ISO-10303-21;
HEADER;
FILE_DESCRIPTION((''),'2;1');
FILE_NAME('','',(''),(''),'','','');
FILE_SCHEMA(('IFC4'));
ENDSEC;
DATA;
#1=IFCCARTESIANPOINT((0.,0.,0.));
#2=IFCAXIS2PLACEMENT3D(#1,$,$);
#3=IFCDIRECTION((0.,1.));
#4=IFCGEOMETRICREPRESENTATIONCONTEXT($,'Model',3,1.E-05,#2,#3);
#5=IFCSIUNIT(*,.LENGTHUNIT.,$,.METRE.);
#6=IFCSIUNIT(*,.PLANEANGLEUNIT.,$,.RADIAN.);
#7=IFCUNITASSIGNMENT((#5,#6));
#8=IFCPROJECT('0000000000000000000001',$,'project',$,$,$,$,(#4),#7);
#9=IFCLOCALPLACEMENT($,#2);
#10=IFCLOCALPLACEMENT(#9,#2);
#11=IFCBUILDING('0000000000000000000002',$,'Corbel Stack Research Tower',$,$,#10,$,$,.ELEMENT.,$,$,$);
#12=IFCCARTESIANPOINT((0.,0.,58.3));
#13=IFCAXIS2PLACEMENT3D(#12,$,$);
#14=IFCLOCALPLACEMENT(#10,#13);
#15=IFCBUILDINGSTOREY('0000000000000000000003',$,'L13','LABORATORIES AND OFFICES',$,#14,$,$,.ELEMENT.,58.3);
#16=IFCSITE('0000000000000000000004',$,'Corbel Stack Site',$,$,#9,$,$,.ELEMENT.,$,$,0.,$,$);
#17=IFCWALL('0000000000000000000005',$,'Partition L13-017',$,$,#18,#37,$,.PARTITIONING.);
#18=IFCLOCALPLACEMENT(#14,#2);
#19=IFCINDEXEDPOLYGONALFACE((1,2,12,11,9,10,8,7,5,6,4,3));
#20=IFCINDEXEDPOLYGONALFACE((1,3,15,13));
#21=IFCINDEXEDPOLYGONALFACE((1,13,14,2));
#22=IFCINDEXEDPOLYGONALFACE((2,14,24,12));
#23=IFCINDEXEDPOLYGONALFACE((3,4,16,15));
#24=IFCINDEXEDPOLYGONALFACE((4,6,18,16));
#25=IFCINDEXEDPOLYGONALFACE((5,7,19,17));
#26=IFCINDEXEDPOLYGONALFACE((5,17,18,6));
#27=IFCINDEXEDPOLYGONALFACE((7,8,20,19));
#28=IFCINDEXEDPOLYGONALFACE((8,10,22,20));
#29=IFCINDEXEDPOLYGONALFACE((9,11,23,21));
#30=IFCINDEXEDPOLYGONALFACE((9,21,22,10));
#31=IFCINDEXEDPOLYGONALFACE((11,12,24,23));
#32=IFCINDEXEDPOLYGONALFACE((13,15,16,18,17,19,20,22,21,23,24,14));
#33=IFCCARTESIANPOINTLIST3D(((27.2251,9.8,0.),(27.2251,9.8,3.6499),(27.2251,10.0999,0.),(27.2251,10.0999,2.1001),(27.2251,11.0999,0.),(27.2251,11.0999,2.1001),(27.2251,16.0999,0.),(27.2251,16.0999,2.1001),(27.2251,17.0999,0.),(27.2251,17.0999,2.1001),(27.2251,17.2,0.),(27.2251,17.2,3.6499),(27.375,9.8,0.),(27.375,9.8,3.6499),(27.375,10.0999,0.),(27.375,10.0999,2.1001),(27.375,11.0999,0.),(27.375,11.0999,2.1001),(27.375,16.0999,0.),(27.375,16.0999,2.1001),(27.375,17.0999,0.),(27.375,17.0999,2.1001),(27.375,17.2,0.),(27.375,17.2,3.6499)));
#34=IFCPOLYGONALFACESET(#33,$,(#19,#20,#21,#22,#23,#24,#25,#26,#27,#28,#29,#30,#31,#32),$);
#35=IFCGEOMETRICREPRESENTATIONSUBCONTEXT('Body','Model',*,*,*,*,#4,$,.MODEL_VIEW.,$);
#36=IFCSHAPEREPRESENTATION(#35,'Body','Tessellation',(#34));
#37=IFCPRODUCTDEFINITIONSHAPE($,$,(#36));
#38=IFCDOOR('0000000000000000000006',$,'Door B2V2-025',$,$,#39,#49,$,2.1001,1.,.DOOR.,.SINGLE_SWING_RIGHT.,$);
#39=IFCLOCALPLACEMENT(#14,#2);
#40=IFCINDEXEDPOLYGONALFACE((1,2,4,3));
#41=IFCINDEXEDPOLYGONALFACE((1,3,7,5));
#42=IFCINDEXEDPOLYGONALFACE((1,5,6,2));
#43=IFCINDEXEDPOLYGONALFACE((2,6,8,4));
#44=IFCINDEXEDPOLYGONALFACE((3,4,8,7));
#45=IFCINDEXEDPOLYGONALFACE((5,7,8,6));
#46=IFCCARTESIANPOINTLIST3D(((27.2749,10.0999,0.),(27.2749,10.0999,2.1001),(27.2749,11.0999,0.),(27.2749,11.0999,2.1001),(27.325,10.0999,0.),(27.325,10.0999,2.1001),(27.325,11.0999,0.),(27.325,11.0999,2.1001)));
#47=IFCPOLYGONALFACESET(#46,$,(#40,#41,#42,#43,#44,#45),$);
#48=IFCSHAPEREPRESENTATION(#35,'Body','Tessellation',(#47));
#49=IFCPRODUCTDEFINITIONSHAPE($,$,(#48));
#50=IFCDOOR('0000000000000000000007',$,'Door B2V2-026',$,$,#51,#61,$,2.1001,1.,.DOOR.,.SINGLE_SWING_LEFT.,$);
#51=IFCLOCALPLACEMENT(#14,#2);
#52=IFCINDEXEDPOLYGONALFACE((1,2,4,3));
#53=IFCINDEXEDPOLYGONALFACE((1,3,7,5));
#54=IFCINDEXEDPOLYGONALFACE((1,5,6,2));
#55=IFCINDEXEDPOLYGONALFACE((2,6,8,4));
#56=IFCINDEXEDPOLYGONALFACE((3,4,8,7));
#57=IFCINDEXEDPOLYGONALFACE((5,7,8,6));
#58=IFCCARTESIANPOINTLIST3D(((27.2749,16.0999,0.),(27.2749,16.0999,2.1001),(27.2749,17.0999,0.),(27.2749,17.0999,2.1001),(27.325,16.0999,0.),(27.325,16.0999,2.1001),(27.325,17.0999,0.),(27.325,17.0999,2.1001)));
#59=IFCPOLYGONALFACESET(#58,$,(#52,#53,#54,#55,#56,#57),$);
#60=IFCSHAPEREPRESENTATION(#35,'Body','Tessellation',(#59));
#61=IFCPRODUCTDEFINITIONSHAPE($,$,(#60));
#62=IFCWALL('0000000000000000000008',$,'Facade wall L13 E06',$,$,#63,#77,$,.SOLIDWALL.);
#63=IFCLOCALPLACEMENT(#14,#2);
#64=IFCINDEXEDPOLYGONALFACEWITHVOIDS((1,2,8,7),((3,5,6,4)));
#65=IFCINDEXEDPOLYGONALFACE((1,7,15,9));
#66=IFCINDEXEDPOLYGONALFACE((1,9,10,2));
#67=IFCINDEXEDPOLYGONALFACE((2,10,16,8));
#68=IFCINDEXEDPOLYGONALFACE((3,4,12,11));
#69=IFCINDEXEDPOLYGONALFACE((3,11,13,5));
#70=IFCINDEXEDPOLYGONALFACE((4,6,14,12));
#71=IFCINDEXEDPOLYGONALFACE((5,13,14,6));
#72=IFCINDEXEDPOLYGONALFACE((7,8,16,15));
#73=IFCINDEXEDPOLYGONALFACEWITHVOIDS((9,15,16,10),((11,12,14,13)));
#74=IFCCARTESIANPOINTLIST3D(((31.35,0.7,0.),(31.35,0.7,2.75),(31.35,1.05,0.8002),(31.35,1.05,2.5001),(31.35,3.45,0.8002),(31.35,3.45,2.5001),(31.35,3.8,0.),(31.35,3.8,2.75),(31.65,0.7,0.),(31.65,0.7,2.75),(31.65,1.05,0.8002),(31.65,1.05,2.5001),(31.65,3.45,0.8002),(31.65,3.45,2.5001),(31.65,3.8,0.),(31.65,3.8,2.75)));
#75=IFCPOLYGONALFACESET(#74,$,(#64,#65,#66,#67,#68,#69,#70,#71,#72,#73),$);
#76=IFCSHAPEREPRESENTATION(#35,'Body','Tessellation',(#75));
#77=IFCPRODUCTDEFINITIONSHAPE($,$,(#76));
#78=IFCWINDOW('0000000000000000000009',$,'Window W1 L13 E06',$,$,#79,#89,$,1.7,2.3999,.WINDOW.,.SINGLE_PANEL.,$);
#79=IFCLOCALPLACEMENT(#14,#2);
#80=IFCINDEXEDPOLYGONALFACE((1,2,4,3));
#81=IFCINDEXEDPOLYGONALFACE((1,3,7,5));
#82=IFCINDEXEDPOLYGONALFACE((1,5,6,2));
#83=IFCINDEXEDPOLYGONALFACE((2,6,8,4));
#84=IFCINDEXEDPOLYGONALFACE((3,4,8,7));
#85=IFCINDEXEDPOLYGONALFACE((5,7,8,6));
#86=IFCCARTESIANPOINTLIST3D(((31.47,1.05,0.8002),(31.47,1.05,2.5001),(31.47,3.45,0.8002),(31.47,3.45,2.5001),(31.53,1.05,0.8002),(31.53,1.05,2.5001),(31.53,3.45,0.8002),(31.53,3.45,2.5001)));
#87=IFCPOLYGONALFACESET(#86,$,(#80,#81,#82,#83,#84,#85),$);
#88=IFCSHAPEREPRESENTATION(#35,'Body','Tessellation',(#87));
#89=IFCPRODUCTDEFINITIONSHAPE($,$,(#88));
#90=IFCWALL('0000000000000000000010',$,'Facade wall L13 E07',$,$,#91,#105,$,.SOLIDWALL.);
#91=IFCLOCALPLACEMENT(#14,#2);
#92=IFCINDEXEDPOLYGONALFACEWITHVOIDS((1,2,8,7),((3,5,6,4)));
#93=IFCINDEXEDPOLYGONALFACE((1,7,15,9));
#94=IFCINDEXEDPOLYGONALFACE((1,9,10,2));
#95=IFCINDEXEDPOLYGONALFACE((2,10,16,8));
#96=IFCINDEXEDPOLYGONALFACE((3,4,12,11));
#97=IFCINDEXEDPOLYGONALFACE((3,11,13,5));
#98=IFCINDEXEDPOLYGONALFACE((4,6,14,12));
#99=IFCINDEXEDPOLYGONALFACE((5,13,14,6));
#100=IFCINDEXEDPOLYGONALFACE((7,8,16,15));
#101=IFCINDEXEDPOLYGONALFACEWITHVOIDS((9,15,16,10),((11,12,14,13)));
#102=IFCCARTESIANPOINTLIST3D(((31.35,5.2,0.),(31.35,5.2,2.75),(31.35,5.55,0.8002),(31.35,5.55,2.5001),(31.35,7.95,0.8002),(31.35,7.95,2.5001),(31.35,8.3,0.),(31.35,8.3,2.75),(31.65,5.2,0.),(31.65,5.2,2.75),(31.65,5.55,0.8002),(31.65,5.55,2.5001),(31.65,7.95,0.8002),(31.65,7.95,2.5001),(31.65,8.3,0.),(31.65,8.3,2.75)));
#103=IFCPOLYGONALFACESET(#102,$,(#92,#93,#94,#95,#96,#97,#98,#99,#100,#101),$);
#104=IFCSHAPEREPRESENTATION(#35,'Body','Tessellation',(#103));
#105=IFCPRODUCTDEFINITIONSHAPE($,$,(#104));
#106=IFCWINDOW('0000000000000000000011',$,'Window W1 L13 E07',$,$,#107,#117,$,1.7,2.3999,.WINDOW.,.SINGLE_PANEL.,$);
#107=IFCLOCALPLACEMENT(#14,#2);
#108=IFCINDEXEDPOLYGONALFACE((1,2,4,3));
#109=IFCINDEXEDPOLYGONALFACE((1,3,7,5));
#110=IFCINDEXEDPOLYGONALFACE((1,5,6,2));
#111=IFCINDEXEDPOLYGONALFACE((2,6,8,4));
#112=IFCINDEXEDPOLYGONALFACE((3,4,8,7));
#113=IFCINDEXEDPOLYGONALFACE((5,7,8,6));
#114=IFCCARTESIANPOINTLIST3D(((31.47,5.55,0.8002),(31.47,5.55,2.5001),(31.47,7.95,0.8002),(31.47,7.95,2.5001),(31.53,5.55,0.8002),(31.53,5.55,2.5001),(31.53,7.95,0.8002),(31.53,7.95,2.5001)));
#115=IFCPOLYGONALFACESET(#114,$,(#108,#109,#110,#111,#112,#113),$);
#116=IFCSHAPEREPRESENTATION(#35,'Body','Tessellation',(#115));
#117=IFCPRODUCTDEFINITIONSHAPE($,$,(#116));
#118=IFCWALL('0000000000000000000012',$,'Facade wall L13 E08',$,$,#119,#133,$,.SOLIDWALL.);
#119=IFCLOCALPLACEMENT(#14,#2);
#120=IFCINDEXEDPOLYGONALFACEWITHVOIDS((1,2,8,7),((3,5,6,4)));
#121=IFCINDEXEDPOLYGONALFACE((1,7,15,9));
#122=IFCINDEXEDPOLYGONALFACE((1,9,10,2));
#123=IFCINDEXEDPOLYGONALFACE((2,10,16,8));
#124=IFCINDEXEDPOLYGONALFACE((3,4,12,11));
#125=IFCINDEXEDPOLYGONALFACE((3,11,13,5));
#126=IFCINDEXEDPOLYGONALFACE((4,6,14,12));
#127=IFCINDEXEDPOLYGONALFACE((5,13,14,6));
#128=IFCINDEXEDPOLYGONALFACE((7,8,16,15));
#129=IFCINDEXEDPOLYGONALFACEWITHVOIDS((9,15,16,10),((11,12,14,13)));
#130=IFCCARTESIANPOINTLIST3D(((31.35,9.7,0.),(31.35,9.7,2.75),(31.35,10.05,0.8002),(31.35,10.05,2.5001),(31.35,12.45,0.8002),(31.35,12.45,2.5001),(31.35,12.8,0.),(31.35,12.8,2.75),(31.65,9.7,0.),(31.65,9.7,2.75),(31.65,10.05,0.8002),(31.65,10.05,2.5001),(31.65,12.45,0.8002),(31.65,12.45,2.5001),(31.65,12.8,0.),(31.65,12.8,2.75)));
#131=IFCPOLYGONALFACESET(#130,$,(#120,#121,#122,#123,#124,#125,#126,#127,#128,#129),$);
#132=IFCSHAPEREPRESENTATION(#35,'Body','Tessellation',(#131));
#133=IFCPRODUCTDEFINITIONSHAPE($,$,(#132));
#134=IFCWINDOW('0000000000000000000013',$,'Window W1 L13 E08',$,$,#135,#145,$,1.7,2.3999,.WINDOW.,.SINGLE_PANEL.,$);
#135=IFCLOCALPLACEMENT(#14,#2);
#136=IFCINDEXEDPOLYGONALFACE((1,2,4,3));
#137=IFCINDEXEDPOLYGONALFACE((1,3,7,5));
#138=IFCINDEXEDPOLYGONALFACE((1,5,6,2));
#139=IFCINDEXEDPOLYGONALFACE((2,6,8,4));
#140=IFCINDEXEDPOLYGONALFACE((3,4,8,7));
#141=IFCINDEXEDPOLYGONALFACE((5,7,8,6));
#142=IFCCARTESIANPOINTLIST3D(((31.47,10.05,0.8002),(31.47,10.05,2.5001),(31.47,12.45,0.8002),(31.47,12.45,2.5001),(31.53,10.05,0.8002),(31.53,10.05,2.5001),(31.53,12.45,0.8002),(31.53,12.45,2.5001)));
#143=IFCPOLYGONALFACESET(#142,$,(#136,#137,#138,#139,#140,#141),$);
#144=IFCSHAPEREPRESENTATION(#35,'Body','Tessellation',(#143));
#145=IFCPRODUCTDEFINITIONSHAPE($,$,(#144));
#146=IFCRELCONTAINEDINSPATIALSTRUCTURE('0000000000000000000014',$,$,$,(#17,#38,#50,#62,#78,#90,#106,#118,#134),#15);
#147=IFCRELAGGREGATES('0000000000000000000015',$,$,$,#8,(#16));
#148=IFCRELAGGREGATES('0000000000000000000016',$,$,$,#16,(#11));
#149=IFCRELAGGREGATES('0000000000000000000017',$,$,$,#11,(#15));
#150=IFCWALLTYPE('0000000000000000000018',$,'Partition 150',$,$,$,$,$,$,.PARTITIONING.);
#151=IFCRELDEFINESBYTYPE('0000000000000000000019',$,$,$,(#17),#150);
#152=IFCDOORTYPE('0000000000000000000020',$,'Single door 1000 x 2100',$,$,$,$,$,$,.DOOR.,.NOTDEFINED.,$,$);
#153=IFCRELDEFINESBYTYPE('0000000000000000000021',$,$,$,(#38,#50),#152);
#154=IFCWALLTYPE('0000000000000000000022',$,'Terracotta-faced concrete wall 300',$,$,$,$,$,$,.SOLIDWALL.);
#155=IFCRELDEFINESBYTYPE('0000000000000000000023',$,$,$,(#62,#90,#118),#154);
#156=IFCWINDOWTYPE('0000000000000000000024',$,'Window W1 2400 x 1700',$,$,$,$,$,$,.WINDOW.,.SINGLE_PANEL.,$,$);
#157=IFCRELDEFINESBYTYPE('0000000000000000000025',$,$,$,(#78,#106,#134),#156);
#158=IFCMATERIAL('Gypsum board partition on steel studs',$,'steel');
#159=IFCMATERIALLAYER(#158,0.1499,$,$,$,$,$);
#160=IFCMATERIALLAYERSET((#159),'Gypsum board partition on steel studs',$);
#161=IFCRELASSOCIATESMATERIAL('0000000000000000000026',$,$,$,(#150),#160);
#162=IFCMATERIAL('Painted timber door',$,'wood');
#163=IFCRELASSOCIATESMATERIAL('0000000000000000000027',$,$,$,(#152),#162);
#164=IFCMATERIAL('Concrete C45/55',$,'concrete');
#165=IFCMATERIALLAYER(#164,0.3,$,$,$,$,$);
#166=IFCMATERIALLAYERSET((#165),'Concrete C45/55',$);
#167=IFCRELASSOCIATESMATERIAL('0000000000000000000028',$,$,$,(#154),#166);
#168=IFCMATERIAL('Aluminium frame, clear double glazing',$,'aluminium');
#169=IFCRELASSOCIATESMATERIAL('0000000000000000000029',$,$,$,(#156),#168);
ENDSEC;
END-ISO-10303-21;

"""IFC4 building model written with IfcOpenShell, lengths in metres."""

from ifc_helpers import new_model, si_unit, direction, frame, frame_2d, origin, place, context, subcontext, project, spatial, rectangle, extrude, material, layer, layer_set, type_object, element, fill, save


model = new_model("IFC4")

# Units and contexts
model_context = context("Model", 3, precision=1e-05, world=origin(), true_north=direction((0.0, 1.0)))
body_context = subcontext(model_context, "Body", "Model", "MODEL_VIEW")
ifc_project = project(units=[si_unit("LENGTHUNIT", "METRE"), si_unit("PLANEANGLEUNIT", "RADIAN")], contexts=[model_context])

# Site, building, storey
site_placement = place(None, origin())
site = spatial("IfcSite", under=ifc_project, at=site_placement, Name="Corbel Stack Site", CompositionType="ELEMENT", RefElevation=0.0)
building_placement = place(site_placement, origin())
building = spatial("IfcBuilding", under=site, at=building_placement, Name="Corbel Stack Research Tower", CompositionType="ELEMENT")
storey_placement = place(building_placement, frame((0.0, 0.0, 58.3)))
storey = spatial("IfcBuildingStorey", under=building, at=storey_placement, Name="L13", Description="LABORATORIES AND OFFICES", CompositionType="ELEMENT", Elevation=58.3)

# Shared definitions
ifc_material_1 = material(Name="Gypsum board partition on steel studs", Category="steel")
ifc_layer_1 = layer(ifc_material_1, 0.1499)
ifc_layer_set_1 = layer_set([ifc_layer_1], Name="Gypsum board partition on steel studs")
wall_type_1 = type_object("IfcWallType", Name="Partition 150", PredefinedType="PARTITIONING", material=ifc_layer_set_1)

# Wall, openings, doors
wall_1_placement = place(storey_placement, frame((27.3, 17.2, 0.0), z_axis=(0.0, 0.0, 1.0), x_axis=(0.0, -1.0, 0.0)))
wall_1 = element("IfcWall", 1, at=wall_1_placement, inside=storey, type_object=wall_type_1, Name="Partition L13-017", PredefinedType="PARTITIONING", context=body_context, shape_type="SweptSolid", body=[
    extrude(rectangle(XDim=7.3999, YDim=0.1499, at=frame_2d((3.7, 0.0))), origin(), (0.0, 0.0, 1.0), 3.6499),
])
opening_1_placement = place(wall_1_placement, frame((6.1001, 0.0, 0.0)))
opening_1 = element("IfcOpeningElement", 2, at=opening_1_placement, cuts=wall_1, PredefinedType="OPENING", context=body_context, shape_type="SweptSolid", body=[
    extrude(rectangle(XDim=1.0, YDim=2.1001, at=frame_2d((0.5, 1.05))), frame((0.0, 0.085, 0.0), z_axis=(0.0, -1.0, 0.0), x_axis=(1.0, 0.0, 0.0)), (0.0, 0.0, 1.0), 0.1699),
])
opening_2_placement = place(wall_1_placement, frame((0.1001, 0.0, 0.0)))
opening_2 = element("IfcOpeningElement", 3, at=opening_2_placement, cuts=wall_1, PredefinedType="OPENING", context=body_context, shape_type="SweptSolid", body=[
    extrude(rectangle(XDim=1.0, YDim=2.1001, at=frame_2d((0.5, 1.05))), frame((0.0, 0.085, 0.0), z_axis=(0.0, -1.0, 0.0), x_axis=(1.0, 0.0, 0.0)), (0.0, 0.0, 1.0), 0.1699),
])
ifc_material_2 = material(Name="Painted timber door", Category="wood")
door_type_1 = type_object("IfcDoorType", Name="Single door 1000 x 2100", OperationType="NOTDEFINED", PredefinedType="DOOR", material=ifc_material_2)
door_1_placement = place(opening_1_placement, origin())
door_1 = element("IfcDoor", 4, at=door_1_placement, inside=storey, type_object=door_type_1, Name="Door B2V2-025", OperationType="SINGLE_SWING_RIGHT", OverallHeight=2.1001, OverallWidth=1.0, PredefinedType="DOOR", context=body_context, shape_type="SweptSolid", body=[
    extrude(rectangle(XDim=1.0, YDim=2.1001, at=frame_2d((0.5, 1.05))), frame((0.0, 0.0249, 0.0), z_axis=(0.0, -1.0, 0.0), x_axis=(1.0, 0.0, 0.0)), (0.0, 0.0, 1.0), 0.05),
])
fill(opening_1, door_1)
door_2_placement = place(opening_2_placement, origin())
door_2 = element("IfcDoor", 5, at=door_2_placement, inside=storey, type_object=door_type_1, Name="Door B2V2-026", OperationType="SINGLE_SWING_LEFT", OverallHeight=2.1001, OverallWidth=1.0, PredefinedType="DOOR", context=body_context, shape_type="SweptSolid", body=[
    extrude(rectangle(XDim=1.0, YDim=2.1001, at=frame_2d((0.5, 1.05))), frame((0.0, 0.0249, 0.0), z_axis=(0.0, -1.0, 0.0), x_axis=(1.0, 0.0, 0.0)), (0.0, 0.0, 1.0), 0.05),
])
fill(opening_2, door_2)

# Walls, openings, windows
ifc_material_3 = material(Name="Concrete C45/55", Category="concrete")
ifc_layer_2 = layer(ifc_material_3, 0.3)
ifc_layer_set_2 = layer_set([ifc_layer_2], Name="Concrete C45/55")
wall_type_2 = type_object("IfcWallType", Name="Terracotta-faced concrete wall 300", PredefinedType="SOLIDWALL", material=ifc_layer_set_2)
wall_2_placement = place(storey_placement, frame((31.5, 3.8, 0.0), z_axis=(0.0, 0.0, 1.0), x_axis=(0.0, -1.0, 0.0)))
wall_2 = element("IfcWall", 6, at=wall_2_placement, inside=storey, type_object=wall_type_2, Name="Facade wall L13 E06", PredefinedType="SOLIDWALL", context=body_context, shape_type="SweptSolid", body=[
    extrude(rectangle(XDim=3.1001, YDim=0.3, at=frame_2d((1.55, 0.0))), origin(), (0.0, 0.0, 1.0), 2.75),
])
opening_3_placement = place(wall_2_placement, frame((0.3501, 0.0, 0.8)))
opening_3 = element("IfcOpeningElement", 7, at=opening_3_placement, cuts=wall_2, PredefinedType="OPENING", context=body_context, shape_type="SweptSolid", body=[
    extrude(rectangle(XDim=2.3999, YDim=1.7, at=frame_2d((1.2, 0.8501))), frame((0.0, 0.1599, 0.0), z_axis=(0.0, -1.0, 0.0), x_axis=(1.0, 0.0, 0.0)), (0.0, 0.0, 1.0), 0.3201),
])
ifc_material_4 = material(Name="Aluminium frame, clear double glazing", Category="aluminium")
window_type = type_object("IfcWindowType", Name="Window W1 2400 x 1700", PartitioningType="SINGLE_PANEL", PredefinedType="WINDOW", material=ifc_material_4)
window_1_placement = place(opening_3_placement, origin())
window_1 = element("IfcWindow", 8, at=window_1_placement, inside=storey, type_object=window_type, Name="Window W1 L13 E06", OverallHeight=1.7, OverallWidth=2.3999, PartitioningType="SINGLE_PANEL", PredefinedType="WINDOW", context=body_context, shape_type="SweptSolid", body=[
    extrude(rectangle(XDim=2.3999, YDim=1.7, at=frame_2d((1.2, 0.8501))), frame((0.0, 0.03, 0.0), z_axis=(0.0, -1.0, 0.0), x_axis=(1.0, 0.0, 0.0)), (0.0, 0.0, 1.0), 0.0601),
])
fill(opening_3, window_1)
wall_3_placement = place(storey_placement, frame((31.5, 8.3, 0.0), z_axis=(0.0, 0.0, 1.0), x_axis=(0.0, -1.0, 0.0)))
wall_3 = element("IfcWall", 9, at=wall_3_placement, inside=storey, type_object=wall_type_2, Name="Facade wall L13 E07", PredefinedType="SOLIDWALL", context=body_context, shape_type="SweptSolid", body=[
    extrude(rectangle(XDim=3.1001, YDim=0.3, at=frame_2d((1.55, 0.0))), origin(), (0.0, 0.0, 1.0), 2.75),
])
opening_4_placement = place(wall_3_placement, frame((0.3501, 0.0, 0.8)))
opening_4 = element("IfcOpeningElement", 10, at=opening_4_placement, cuts=wall_3, PredefinedType="OPENING", context=body_context, shape_type="SweptSolid", body=[
    extrude(rectangle(XDim=2.3999, YDim=1.7, at=frame_2d((1.2, 0.8501))), frame((0.0, 0.1599, 0.0), z_axis=(0.0, -1.0, 0.0), x_axis=(1.0, 0.0, 0.0)), (0.0, 0.0, 1.0), 0.3201),
])
window_2_placement = place(opening_4_placement, origin())
window_2 = element("IfcWindow", 11, at=window_2_placement, inside=storey, type_object=window_type, Name="Window W1 L13 E07", OverallHeight=1.7, OverallWidth=2.3999, PartitioningType="SINGLE_PANEL", PredefinedType="WINDOW", context=body_context, shape_type="SweptSolid", body=[
    extrude(rectangle(XDim=2.3999, YDim=1.7, at=frame_2d((1.2, 0.8501))), frame((0.0, 0.03, 0.0), z_axis=(0.0, -1.0, 0.0), x_axis=(1.0, 0.0, 0.0)), (0.0, 0.0, 1.0), 0.0601),
])
fill(opening_4, window_2)
wall_4_placement = place(storey_placement, frame((31.5, 12.8, 0.0), z_axis=(0.0, 0.0, 1.0), x_axis=(0.0, -1.0, 0.0)))
wall_4 = element("IfcWall", 12, at=wall_4_placement, inside=storey, type_object=wall_type_2, Name="Facade wall L13 E08", PredefinedType="SOLIDWALL", context=body_context, shape_type="SweptSolid", body=[
    extrude(rectangle(XDim=3.1001, YDim=0.3, at=frame_2d((1.55, 0.0))), origin(), (0.0, 0.0, 1.0), 2.75),
])
opening_5_placement = place(wall_4_placement, frame((0.3501, 0.0, 0.8)))
opening_5 = element("IfcOpeningElement", 13, at=opening_5_placement, cuts=wall_4, PredefinedType="OPENING", context=body_context, shape_type="SweptSolid", body=[
    extrude(rectangle(XDim=2.3999, YDim=1.7, at=frame_2d((1.2, 0.8501))), frame((0.0, 0.1599, 0.0), z_axis=(0.0, -1.0, 0.0), x_axis=(1.0, 0.0, 0.0)), (0.0, 0.0, 1.0), 0.3201),
])
window_3_placement = place(opening_5_placement, origin())
window_3 = element("IfcWindow", 14, at=window_3_placement, inside=storey, type_object=window_type, Name="Window W1 L13 E08", OverallHeight=1.7, OverallWidth=2.3999, PartitioningType="SINGLE_PANEL", PredefinedType="WINDOW", context=body_context, shape_type="SweptSolid", body=[
    extrude(rectangle(XDim=2.3999, YDim=1.7, at=frame_2d((1.2, 0.8501))), frame((0.0, 0.03, 0.0), z_axis=(0.0, -1.0, 0.0), x_axis=(1.0, 0.0, 0.0)), (0.0, 0.0, 1.0), 0.0601),
])
fill(opening_5, window_3)

save(model, "model.ifc")
